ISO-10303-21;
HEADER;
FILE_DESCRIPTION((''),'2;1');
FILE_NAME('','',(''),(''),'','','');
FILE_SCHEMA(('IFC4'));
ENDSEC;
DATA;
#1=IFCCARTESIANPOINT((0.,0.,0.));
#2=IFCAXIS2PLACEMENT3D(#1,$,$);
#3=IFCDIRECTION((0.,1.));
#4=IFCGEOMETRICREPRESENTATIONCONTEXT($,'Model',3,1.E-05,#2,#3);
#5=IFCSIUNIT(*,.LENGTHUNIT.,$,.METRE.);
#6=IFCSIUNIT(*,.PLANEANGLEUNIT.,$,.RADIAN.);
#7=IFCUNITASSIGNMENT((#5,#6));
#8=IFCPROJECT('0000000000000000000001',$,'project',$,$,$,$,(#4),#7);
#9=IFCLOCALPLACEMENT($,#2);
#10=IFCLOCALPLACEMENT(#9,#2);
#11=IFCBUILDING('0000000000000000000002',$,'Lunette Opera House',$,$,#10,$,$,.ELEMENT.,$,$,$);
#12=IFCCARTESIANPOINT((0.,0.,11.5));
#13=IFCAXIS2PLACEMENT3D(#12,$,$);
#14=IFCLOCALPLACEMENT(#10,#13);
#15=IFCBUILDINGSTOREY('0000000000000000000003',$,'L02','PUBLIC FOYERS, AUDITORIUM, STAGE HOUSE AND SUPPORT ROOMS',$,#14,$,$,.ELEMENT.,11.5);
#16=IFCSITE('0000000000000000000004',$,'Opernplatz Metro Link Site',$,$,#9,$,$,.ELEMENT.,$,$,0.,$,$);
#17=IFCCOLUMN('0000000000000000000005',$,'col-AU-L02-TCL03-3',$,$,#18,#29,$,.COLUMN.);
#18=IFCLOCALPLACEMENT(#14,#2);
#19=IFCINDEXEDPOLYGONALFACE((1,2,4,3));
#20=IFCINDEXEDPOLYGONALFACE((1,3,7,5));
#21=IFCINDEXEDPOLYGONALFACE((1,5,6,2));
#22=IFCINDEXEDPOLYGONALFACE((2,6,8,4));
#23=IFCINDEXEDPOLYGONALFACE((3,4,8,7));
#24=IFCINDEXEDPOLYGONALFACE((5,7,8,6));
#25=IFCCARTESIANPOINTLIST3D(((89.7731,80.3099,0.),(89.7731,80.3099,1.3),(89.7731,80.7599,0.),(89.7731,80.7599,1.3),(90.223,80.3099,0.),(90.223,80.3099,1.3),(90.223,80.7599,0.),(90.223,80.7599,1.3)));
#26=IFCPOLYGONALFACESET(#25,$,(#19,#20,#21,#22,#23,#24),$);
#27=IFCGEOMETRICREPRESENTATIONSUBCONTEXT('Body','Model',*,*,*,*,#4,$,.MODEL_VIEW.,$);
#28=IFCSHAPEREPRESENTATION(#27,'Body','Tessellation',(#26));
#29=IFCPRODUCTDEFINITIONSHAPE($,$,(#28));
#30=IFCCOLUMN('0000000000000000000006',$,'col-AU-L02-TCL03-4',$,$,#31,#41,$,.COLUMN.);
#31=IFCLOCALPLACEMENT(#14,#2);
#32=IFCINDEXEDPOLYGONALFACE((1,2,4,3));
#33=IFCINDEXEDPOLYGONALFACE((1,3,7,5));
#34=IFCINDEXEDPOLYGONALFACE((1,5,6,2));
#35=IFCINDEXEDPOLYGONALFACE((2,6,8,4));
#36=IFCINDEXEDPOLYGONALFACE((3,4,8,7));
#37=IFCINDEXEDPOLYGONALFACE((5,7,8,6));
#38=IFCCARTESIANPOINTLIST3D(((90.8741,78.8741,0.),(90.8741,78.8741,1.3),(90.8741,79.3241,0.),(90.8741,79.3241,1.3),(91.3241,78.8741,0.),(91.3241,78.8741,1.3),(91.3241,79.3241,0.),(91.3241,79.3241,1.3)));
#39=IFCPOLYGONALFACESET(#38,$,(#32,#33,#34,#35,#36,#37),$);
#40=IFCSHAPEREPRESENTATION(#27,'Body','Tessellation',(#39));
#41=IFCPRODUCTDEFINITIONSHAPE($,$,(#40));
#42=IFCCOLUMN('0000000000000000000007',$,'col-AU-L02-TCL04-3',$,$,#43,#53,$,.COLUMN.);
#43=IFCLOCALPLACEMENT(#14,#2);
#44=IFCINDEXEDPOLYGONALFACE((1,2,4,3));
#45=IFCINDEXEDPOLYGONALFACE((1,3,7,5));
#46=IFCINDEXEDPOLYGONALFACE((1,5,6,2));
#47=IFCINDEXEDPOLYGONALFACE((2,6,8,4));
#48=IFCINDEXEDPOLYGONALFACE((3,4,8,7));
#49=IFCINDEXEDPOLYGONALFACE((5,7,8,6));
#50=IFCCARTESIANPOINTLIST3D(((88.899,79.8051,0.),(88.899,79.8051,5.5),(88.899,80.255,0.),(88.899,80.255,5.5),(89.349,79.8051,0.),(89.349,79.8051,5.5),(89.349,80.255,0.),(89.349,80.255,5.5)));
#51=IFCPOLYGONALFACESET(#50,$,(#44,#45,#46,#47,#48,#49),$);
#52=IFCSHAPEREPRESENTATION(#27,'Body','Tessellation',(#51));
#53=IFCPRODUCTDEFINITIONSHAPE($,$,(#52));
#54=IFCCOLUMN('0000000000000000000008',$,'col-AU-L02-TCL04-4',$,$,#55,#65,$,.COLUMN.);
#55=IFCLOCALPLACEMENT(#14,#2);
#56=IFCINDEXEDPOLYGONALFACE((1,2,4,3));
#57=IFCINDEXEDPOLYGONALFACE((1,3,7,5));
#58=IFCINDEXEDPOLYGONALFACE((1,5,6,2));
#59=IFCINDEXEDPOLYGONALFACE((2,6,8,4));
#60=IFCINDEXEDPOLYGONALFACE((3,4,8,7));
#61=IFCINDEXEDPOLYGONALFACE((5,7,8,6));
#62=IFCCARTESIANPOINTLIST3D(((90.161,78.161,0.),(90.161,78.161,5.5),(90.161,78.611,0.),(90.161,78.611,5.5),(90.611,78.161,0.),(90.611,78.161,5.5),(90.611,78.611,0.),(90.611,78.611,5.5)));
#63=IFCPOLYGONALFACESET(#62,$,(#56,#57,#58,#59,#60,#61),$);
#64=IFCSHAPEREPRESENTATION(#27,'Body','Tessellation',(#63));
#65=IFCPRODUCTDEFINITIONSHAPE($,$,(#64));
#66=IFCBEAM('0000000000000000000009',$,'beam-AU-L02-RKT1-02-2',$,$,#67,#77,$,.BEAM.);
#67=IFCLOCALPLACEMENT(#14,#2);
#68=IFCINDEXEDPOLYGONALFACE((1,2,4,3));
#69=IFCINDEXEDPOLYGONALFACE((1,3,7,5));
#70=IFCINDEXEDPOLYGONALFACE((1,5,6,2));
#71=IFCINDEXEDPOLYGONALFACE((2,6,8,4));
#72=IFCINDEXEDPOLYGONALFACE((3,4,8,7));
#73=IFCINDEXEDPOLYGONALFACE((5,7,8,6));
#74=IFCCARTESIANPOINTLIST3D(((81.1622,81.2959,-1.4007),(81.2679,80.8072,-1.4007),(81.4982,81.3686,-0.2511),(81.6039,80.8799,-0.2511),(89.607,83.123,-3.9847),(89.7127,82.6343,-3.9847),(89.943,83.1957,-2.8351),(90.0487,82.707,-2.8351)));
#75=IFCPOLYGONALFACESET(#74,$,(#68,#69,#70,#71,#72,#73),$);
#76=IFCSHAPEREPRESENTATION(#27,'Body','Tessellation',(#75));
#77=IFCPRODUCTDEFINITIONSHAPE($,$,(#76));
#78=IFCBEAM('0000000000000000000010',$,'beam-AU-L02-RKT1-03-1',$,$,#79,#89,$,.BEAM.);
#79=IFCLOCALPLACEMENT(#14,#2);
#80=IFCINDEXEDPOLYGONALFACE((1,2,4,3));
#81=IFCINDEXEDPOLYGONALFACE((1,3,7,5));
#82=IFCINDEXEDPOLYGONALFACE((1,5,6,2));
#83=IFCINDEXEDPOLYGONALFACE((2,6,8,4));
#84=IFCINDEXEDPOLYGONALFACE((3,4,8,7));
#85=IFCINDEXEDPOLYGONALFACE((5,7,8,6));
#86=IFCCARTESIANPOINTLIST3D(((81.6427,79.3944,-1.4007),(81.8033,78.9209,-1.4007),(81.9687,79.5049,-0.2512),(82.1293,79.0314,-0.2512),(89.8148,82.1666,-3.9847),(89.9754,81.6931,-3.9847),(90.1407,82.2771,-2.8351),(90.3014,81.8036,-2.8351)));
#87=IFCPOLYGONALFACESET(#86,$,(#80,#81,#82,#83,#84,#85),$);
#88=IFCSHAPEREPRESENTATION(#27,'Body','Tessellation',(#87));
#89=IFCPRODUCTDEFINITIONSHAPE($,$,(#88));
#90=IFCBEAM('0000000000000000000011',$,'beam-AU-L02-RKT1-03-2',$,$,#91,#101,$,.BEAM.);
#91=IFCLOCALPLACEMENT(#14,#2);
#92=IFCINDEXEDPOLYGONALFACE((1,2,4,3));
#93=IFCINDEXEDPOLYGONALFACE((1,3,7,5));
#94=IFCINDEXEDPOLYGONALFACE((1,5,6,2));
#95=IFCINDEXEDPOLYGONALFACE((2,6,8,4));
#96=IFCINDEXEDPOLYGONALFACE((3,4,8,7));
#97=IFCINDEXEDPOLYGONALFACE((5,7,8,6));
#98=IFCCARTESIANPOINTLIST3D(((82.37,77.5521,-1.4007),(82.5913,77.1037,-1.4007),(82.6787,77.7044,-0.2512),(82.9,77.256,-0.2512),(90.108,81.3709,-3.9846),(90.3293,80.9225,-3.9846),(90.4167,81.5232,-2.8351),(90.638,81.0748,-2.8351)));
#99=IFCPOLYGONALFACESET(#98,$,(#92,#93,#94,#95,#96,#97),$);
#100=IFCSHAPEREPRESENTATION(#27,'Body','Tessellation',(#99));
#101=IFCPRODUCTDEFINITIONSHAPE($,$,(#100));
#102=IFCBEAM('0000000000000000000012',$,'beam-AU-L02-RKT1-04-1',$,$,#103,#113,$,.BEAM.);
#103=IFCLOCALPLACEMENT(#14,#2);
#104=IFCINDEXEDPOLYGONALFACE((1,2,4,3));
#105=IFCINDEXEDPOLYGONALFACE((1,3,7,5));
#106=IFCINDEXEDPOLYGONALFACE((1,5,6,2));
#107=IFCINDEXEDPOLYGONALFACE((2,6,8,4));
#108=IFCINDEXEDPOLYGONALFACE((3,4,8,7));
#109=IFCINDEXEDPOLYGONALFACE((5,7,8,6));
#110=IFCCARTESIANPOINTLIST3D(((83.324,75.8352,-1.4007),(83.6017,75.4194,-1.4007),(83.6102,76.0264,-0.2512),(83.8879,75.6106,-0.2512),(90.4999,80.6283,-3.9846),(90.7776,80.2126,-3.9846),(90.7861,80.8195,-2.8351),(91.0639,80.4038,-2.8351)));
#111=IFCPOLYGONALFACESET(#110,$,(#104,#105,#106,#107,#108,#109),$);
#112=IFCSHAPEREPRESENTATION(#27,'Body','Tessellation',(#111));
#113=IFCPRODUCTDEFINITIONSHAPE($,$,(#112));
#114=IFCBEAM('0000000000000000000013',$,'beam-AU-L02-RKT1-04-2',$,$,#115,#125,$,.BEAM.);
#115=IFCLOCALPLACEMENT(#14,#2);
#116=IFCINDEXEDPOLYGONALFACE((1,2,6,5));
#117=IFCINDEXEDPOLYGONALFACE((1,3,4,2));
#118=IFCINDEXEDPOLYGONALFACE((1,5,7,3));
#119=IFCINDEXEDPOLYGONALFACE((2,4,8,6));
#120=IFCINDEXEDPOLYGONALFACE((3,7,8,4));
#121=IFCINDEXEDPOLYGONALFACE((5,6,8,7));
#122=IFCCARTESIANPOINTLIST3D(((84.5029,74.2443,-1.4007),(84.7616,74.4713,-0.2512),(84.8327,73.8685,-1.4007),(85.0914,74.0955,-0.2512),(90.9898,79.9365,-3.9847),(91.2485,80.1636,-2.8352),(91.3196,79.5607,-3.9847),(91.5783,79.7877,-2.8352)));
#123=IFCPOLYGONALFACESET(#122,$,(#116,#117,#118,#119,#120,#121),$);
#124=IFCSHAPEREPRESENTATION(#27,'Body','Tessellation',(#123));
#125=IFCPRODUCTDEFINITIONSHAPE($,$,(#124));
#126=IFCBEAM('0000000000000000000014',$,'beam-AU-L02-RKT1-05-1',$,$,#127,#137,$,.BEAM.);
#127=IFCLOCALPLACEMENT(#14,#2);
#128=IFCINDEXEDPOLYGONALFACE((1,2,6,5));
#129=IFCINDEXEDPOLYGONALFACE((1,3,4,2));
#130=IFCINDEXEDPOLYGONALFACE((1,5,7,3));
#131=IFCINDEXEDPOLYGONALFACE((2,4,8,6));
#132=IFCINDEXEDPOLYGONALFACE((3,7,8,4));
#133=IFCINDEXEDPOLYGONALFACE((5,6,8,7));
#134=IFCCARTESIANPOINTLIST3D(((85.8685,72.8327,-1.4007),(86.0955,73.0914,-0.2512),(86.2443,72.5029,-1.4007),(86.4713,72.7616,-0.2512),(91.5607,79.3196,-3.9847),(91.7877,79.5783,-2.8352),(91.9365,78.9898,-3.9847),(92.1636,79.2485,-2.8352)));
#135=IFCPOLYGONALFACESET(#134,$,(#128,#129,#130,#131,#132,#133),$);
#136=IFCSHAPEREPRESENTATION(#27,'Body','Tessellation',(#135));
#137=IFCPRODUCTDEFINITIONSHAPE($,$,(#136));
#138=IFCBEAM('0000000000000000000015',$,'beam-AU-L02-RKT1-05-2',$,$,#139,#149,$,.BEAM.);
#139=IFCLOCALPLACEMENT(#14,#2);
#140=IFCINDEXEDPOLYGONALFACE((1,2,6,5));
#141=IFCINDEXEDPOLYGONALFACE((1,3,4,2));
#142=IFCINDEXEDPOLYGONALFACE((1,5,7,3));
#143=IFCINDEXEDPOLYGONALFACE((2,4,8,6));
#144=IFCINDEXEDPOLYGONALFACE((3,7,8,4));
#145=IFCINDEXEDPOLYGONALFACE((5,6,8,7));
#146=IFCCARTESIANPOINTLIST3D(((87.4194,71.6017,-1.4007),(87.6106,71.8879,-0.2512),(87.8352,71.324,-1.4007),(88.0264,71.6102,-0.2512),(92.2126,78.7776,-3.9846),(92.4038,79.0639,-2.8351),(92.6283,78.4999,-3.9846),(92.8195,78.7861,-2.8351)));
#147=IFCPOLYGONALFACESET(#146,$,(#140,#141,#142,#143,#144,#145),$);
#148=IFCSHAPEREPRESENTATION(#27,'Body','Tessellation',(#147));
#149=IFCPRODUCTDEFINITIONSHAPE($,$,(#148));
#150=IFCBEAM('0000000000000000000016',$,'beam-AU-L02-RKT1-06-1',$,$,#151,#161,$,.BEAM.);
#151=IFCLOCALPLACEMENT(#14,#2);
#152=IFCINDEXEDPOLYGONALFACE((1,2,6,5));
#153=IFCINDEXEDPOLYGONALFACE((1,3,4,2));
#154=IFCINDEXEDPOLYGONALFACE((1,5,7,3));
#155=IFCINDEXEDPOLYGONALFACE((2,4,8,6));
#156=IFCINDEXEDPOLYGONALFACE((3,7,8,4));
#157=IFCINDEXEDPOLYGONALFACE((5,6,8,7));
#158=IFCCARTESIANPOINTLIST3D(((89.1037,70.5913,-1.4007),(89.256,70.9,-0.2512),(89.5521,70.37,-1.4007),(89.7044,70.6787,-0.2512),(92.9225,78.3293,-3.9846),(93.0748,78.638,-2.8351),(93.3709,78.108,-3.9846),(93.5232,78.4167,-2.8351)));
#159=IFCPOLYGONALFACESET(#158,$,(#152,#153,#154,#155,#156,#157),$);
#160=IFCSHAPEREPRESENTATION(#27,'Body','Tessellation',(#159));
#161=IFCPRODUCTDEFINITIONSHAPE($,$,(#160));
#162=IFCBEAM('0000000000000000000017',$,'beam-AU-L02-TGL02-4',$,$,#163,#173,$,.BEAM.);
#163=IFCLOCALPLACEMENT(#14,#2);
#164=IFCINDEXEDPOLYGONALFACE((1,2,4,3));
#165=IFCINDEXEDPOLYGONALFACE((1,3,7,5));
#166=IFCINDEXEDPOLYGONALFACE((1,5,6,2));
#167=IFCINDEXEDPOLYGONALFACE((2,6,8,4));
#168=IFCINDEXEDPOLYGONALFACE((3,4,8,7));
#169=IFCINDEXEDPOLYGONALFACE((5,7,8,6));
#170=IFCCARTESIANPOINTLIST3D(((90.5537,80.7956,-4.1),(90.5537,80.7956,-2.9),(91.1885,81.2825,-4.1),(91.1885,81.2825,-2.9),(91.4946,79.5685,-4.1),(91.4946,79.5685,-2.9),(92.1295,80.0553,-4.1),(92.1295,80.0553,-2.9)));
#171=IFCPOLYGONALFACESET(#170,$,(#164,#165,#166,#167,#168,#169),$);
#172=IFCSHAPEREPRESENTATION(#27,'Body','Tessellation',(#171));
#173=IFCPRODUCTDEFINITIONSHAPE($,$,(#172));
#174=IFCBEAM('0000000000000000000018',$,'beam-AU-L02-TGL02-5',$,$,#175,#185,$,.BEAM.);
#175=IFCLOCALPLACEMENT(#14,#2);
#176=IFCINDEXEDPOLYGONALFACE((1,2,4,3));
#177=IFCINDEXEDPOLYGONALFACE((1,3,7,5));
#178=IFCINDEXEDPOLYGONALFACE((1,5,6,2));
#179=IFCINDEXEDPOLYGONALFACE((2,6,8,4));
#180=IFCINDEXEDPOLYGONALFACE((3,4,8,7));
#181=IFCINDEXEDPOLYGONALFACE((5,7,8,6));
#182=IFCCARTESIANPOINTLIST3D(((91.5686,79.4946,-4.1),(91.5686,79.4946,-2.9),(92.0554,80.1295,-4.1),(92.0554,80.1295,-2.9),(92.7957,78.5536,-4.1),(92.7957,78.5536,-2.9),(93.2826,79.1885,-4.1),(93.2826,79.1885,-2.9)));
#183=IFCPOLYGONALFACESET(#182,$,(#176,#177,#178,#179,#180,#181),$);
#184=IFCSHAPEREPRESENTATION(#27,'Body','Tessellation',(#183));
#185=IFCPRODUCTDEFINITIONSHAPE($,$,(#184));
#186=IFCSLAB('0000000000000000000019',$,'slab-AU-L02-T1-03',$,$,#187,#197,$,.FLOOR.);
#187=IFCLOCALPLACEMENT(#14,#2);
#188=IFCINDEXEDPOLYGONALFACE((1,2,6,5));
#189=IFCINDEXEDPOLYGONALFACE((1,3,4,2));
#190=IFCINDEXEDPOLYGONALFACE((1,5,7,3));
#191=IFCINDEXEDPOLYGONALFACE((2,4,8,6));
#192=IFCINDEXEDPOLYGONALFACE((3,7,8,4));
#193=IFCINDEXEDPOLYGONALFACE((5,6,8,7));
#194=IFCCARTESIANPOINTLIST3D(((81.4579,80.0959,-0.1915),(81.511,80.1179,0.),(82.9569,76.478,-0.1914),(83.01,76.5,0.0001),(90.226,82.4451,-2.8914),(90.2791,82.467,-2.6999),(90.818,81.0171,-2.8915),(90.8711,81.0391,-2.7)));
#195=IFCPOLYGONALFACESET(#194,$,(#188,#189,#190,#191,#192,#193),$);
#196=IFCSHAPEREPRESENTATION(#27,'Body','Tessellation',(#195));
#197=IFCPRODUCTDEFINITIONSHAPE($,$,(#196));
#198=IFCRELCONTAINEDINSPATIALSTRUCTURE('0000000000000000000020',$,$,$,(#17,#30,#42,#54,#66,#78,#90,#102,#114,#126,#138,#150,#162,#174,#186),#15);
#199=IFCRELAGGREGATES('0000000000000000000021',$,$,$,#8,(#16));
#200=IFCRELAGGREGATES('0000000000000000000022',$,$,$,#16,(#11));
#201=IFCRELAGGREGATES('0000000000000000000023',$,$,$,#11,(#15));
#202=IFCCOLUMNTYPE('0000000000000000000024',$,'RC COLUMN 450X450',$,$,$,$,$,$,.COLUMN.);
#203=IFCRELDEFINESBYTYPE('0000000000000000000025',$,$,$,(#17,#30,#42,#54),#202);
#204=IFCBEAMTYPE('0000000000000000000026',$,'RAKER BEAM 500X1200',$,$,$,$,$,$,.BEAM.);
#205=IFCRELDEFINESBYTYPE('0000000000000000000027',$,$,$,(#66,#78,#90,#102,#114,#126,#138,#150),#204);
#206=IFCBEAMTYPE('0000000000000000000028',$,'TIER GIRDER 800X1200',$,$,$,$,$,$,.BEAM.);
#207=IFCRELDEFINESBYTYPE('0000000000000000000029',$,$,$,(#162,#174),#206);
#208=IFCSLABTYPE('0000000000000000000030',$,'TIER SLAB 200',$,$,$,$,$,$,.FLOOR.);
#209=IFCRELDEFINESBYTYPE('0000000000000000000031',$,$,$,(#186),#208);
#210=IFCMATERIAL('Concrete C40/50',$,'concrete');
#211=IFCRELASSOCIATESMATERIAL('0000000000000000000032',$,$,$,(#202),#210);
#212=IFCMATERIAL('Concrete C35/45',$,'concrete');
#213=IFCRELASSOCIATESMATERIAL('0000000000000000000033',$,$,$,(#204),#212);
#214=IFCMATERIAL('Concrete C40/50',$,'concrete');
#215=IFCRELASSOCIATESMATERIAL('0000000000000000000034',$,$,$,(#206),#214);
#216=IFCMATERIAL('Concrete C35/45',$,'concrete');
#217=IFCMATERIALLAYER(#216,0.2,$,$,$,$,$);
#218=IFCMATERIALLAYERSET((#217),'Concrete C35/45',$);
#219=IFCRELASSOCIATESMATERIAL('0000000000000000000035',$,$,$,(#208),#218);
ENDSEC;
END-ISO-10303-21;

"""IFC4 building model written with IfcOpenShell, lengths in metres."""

from ifc_helpers import new_model, si_unit, direction, frame, origin, origin_2d, place, context, subcontext, project, spatial, polyline, rectangle, outline, extrude, material, layer, layer_set, material_profile, profile_set, type_object, element, save


model = new_model("IFC4")

# Units and contexts
model_context = context("Model", 3, precision=1e-05, world=origin(), true_north=direction((0.0, 1.0)))
body_context = subcontext(model_context, "Body", "Model", "MODEL_VIEW")
ifc_project = project(units=[si_unit("LENGTHUNIT", "METRE"), si_unit("PLANEANGLEUNIT", "RADIAN")], contexts=[model_context])

# Site, building, storey
site_placement = place(None, origin())
site = spatial("IfcSite", under=ifc_project, at=site_placement, Name="Opernplatz Metro Link Site", CompositionType="ELEMENT", RefElevation=0.0)
building_placement = place(site_placement, origin())
building = spatial("IfcBuilding", under=site, at=building_placement, Name="Lunette Opera House", CompositionType="ELEMENT")
storey_placement = place(building_placement, frame((0.0, 0.0, 11.5)))
storey = spatial("IfcBuildingStorey", under=building, at=storey_placement, Name="L02", Description="PUBLIC FOYERS, AUDITORIUM, STAGE HOUSE AND SUPPORT ROOMS", CompositionType="ELEMENT", Elevation=11.5)

# Columns
ifc_material_1 = material(Name="Concrete C40/50", Category="concrete")
ifc_material_profile_1 = material_profile(ifc_material_1, rectangle(XDim=0.45, YDim=0.45, at=origin_2d()), Name="RC COLUMN 450X450")
ifc_profile_set_1 = profile_set([ifc_material_profile_1], Name="Concrete C40/50")
column_type = type_object("IfcColumnType", Name="RC COLUMN 450X450", PredefinedType="COLUMN", material=ifc_profile_set_1)
for number, where, z_axis, x_axis, name in (
    (1, (89.998, 80.5349, 0.0), (0.0, 0.0, 1.0), (1.0, 0.0, 0.0), "col-AU-L02-TCL03-3"),
    (2, (91.0991, 79.0991, 0.0), (0.0, 0.0, 1.0), (1.0, 0.0, 0.0), "col-AU-L02-TCL03-4"),
):
    element("IfcColumn", number, at=place(storey_placement, frame(where, z_axis=z_axis, x_axis=x_axis)), inside=storey, type_object=column_type, Name=name, PredefinedType="COLUMN", context=body_context, shape_type="SweptSolid", body=[
        extrude(rectangle(XDim=0.45, YDim=0.45, at=origin_2d()), origin(), (0.0, 0.0, 1.0), 1.3),
    ])
for number, where, z_axis, x_axis, name in (
    (3, (89.124, 80.03, 0.0), (0.0, 0.0, 1.0), (1.0, 0.0, 0.0), "col-AU-L02-TCL04-3"),
    (4, (90.386, 78.386, 0.0), (0.0, 0.0, 1.0), (1.0, 0.0, 0.0), "col-AU-L02-TCL04-4"),
):
    element("IfcColumn", number, at=place(storey_placement, frame(where, z_axis=z_axis, x_axis=x_axis)), inside=storey, type_object=column_type, Name=name, PredefinedType="COLUMN", context=body_context, shape_type="SweptSolid", body=[
        extrude(rectangle(XDim=0.45, YDim=0.45, at=origin_2d()), origin(), (0.0, 0.0, 1.0), 5.5),
    ])

# Beams
ifc_material_2 = material(Name="Concrete C35/45", Category="concrete")
ifc_material_profile_2 = material_profile(ifc_material_2, rectangle(XDim=0.5, YDim=1.2, at=origin_2d()), Name="RAKER BEAM 500X1200")
ifc_profile_set_2 = profile_set([ifc_material_profile_2], Name="Concrete C35/45")
beam_type_1 = type_object("IfcBeamType", Name="RAKER BEAM 500X1200", PredefinedType="BEAM", material=ifc_profile_set_2)
beam_1_placement = place(storey_placement, frame((81.3831, 81.0879, -0.8259), z_axis=(0.936405, 0.202604, -0.286525), x_axis=(-0.21147, 0.977384, 0.0)))
element("IfcBeam", 5, at=beam_1_placement, inside=storey, type_object=beam_type_1, Name="beam-AU-L02-RKT1-02-2", PredefinedType="BEAM", context=body_context, shape_type="SweptSolid", body=[
    extrude(rectangle(XDim=0.5, YDim=1.2, at=origin_2d()), origin(), (0.0, 0.0, 1.0), 9.0183),
])
beam_2_placement = place(storey_placement, frame((81.886, 79.2129, -0.8259), z_axis=(0.907198, 0.307747, -0.286852), x_axis=(-0.321248, 0.946995, 0.0)))
element("IfcBeam", 6, at=beam_2_placement, inside=storey, type_object=beam_type_1, Name="beam-AU-L02-RKT1-03-1", PredefinedType="BEAM", context=body_context, shape_type="SweptSolid", body=[
    extrude(rectangle(XDim=0.5, YDim=1.2, at=origin_2d()), origin(), (0.0, 0.0, 1.0), 9.0081),
])
beam_3_placement = place(storey_placement, frame((82.635, 77.4041, -0.8259), z_axis=(0.859052, 0.423956, -0.286865), x_axis=(-0.442556, 0.896741, 0.0)))
element("IfcBeam", 7, at=beam_3_placement, inside=storey, type_object=beam_type_1, Name="beam-AU-L02-RKT1-03-2", PredefinedType="BEAM", context=body_context, shape_type="SweptSolid", body=[
    extrude(rectangle(XDim=0.5, YDim=1.2, at=origin_2d()), origin(), (0.0, 0.0, 1.0), 9.0076),
])
beam_4_placement = place(storey_placement, frame((83.606, 75.7229, -0.8259), z_axis=(0.796613, 0.532096, -0.286849), x_axis=(-0.555438, 0.831558, 0.0)))
element("IfcBeam", 8, at=beam_4_placement, inside=storey, type_object=beam_type_1, Name="beam-AU-L02-RKT1-04-1", PredefinedType="BEAM", context=body_context, shape_type="SweptSolid", body=[
    extrude(rectangle(XDim=0.5, YDim=1.2, at=origin_2d()), origin(), (0.0, 0.0, 1.0), 9.0081),
])
for number, where, z_axis, x_axis, name in (
    (9, (84.7971, 74.1699, -0.8259), (0.720063, 0.631851, -0.286833), (-0.659565, 0.751647, 0.0), "beam-AU-L02-RKT1-04-2"),
    (10, (86.1699, 72.7971, -0.8259), (0.631851, 0.720063, -0.286833), (-0.751647, 0.659565, 0.0), "beam-AU-L02-RKT1-05-1"),
):
    element("IfcBeam", number, at=place(storey_placement, frame(where, z_axis=z_axis, x_axis=x_axis)), inside=storey, type_object=beam_type_1, Name=name, PredefinedType="BEAM", context=body_context, shape_type="SweptSolid", body=[
        extrude(rectangle(XDim=0.5, YDim=1.2, at=origin_2d()), origin(), (0.0, 0.0, 1.0), 9.0088),
    ])
beam_5_placement = place(storey_placement, frame((87.7229, 71.606, -0.8259), z_axis=(0.532096, 0.796613, -0.286849), x_axis=(-0.831558, 0.555438, 0.0)))
element("IfcBeam", 11, at=beam_5_placement, inside=storey, type_object=beam_type_1, Name="beam-AU-L02-RKT1-05-2", PredefinedType="BEAM", context=body_context, shape_type="SweptSolid", body=[
    extrude(rectangle(XDim=0.5, YDim=1.2, at=origin_2d()), origin(), (0.0, 0.0, 1.0), 9.0081),
])
beam_6_placement = place(storey_placement, frame((89.4041, 70.635, -0.8259), z_axis=(0.423956, 0.859052, -0.286865), x_axis=(-0.896741, 0.442556, 0.0)))
element("IfcBeam", 12, at=beam_6_placement, inside=storey, type_object=beam_type_1, Name="beam-AU-L02-RKT1-06-1", PredefinedType="BEAM", context=body_context, shape_type="SweptSolid", body=[
    extrude(rectangle(XDim=0.5, YDim=1.2, at=origin_2d()), origin(), (0.0, 0.0, 1.0), 9.0076),
])
ifc_material_3 = material(Name="Concrete C40/50", Category="concrete")
ifc_material_profile_3 = material_profile(ifc_material_3, rectangle(XDim=0.8, YDim=1.2, at=origin_2d()), Name="TIER GIRDER 800X1200")
ifc_profile_set_3 = profile_set([ifc_material_profile_3], Name="Concrete C40/50")
beam_type_2 = type_object("IfcBeamType", Name="TIER GIRDER 800X1200", PredefinedType="BEAM", material=ifc_profile_set_3)
for number, where, z_axis, x_axis, name in (
    (13, (90.8711, 81.0391, -3.5), (0.608504, -0.79355, 0.0), (0.79355, 0.608504, 0.0), "beam-AU-L02-TGL02-4"),
    (14, (91.812, 79.812, -3.5), (0.79355, -0.608504, 0.0), (0.608504, 0.79355, 0.0), "beam-AU-L02-TGL02-5"),
):
    element("IfcBeam", number, at=place(storey_placement, frame(where, z_axis=z_axis, x_axis=x_axis)), inside=storey, type_object=beam_type_2, Name=name, PredefinedType="BEAM", context=body_context, shape_type="SweptSolid", body=[
        extrude(rectangle(XDim=0.8, YDim=1.2, at=origin_2d()), origin(), (0.0, 0.0, 1.0), 1.5464),
    ])

# Slab
ifc_material_4 = material(Name="Concrete C35/45", Category="concrete")
ifc_layer_1 = layer(ifc_material_4, 0.2)
ifc_layer_set_1 = layer_set([ifc_layer_1], Name="Concrete C35/45")
slab_type = type_object("IfcSlabType", Name="TIER SLAB 200", PredefinedType="FLOOR", material=ifc_layer_set_1)
slab_1_placement = place(storey_placement, frame((81.511, 80.1179, 0.0), z_axis=(0.265461, 0.110009, 0.957825), x_axis=(0.382783, -0.923838, 0.000018)))
element("IfcSlab", 15, at=slab_1_placement, inside=storey, type_object=slab_type, Name="slab-AU-L02-T1-03", PredefinedType="FLOOR", context=body_context, shape_type="SweptSolid", body=[
    extrude(outline(polyline([(0.0, 0.0), (3.9162, 0.0), (2.7319, 9.3961), (1.186, 9.3958), (0.0, 0.0)])), origin(), (0.0, 0.0, -1.0), 0.2),
])

save(model, "model.ifc")
